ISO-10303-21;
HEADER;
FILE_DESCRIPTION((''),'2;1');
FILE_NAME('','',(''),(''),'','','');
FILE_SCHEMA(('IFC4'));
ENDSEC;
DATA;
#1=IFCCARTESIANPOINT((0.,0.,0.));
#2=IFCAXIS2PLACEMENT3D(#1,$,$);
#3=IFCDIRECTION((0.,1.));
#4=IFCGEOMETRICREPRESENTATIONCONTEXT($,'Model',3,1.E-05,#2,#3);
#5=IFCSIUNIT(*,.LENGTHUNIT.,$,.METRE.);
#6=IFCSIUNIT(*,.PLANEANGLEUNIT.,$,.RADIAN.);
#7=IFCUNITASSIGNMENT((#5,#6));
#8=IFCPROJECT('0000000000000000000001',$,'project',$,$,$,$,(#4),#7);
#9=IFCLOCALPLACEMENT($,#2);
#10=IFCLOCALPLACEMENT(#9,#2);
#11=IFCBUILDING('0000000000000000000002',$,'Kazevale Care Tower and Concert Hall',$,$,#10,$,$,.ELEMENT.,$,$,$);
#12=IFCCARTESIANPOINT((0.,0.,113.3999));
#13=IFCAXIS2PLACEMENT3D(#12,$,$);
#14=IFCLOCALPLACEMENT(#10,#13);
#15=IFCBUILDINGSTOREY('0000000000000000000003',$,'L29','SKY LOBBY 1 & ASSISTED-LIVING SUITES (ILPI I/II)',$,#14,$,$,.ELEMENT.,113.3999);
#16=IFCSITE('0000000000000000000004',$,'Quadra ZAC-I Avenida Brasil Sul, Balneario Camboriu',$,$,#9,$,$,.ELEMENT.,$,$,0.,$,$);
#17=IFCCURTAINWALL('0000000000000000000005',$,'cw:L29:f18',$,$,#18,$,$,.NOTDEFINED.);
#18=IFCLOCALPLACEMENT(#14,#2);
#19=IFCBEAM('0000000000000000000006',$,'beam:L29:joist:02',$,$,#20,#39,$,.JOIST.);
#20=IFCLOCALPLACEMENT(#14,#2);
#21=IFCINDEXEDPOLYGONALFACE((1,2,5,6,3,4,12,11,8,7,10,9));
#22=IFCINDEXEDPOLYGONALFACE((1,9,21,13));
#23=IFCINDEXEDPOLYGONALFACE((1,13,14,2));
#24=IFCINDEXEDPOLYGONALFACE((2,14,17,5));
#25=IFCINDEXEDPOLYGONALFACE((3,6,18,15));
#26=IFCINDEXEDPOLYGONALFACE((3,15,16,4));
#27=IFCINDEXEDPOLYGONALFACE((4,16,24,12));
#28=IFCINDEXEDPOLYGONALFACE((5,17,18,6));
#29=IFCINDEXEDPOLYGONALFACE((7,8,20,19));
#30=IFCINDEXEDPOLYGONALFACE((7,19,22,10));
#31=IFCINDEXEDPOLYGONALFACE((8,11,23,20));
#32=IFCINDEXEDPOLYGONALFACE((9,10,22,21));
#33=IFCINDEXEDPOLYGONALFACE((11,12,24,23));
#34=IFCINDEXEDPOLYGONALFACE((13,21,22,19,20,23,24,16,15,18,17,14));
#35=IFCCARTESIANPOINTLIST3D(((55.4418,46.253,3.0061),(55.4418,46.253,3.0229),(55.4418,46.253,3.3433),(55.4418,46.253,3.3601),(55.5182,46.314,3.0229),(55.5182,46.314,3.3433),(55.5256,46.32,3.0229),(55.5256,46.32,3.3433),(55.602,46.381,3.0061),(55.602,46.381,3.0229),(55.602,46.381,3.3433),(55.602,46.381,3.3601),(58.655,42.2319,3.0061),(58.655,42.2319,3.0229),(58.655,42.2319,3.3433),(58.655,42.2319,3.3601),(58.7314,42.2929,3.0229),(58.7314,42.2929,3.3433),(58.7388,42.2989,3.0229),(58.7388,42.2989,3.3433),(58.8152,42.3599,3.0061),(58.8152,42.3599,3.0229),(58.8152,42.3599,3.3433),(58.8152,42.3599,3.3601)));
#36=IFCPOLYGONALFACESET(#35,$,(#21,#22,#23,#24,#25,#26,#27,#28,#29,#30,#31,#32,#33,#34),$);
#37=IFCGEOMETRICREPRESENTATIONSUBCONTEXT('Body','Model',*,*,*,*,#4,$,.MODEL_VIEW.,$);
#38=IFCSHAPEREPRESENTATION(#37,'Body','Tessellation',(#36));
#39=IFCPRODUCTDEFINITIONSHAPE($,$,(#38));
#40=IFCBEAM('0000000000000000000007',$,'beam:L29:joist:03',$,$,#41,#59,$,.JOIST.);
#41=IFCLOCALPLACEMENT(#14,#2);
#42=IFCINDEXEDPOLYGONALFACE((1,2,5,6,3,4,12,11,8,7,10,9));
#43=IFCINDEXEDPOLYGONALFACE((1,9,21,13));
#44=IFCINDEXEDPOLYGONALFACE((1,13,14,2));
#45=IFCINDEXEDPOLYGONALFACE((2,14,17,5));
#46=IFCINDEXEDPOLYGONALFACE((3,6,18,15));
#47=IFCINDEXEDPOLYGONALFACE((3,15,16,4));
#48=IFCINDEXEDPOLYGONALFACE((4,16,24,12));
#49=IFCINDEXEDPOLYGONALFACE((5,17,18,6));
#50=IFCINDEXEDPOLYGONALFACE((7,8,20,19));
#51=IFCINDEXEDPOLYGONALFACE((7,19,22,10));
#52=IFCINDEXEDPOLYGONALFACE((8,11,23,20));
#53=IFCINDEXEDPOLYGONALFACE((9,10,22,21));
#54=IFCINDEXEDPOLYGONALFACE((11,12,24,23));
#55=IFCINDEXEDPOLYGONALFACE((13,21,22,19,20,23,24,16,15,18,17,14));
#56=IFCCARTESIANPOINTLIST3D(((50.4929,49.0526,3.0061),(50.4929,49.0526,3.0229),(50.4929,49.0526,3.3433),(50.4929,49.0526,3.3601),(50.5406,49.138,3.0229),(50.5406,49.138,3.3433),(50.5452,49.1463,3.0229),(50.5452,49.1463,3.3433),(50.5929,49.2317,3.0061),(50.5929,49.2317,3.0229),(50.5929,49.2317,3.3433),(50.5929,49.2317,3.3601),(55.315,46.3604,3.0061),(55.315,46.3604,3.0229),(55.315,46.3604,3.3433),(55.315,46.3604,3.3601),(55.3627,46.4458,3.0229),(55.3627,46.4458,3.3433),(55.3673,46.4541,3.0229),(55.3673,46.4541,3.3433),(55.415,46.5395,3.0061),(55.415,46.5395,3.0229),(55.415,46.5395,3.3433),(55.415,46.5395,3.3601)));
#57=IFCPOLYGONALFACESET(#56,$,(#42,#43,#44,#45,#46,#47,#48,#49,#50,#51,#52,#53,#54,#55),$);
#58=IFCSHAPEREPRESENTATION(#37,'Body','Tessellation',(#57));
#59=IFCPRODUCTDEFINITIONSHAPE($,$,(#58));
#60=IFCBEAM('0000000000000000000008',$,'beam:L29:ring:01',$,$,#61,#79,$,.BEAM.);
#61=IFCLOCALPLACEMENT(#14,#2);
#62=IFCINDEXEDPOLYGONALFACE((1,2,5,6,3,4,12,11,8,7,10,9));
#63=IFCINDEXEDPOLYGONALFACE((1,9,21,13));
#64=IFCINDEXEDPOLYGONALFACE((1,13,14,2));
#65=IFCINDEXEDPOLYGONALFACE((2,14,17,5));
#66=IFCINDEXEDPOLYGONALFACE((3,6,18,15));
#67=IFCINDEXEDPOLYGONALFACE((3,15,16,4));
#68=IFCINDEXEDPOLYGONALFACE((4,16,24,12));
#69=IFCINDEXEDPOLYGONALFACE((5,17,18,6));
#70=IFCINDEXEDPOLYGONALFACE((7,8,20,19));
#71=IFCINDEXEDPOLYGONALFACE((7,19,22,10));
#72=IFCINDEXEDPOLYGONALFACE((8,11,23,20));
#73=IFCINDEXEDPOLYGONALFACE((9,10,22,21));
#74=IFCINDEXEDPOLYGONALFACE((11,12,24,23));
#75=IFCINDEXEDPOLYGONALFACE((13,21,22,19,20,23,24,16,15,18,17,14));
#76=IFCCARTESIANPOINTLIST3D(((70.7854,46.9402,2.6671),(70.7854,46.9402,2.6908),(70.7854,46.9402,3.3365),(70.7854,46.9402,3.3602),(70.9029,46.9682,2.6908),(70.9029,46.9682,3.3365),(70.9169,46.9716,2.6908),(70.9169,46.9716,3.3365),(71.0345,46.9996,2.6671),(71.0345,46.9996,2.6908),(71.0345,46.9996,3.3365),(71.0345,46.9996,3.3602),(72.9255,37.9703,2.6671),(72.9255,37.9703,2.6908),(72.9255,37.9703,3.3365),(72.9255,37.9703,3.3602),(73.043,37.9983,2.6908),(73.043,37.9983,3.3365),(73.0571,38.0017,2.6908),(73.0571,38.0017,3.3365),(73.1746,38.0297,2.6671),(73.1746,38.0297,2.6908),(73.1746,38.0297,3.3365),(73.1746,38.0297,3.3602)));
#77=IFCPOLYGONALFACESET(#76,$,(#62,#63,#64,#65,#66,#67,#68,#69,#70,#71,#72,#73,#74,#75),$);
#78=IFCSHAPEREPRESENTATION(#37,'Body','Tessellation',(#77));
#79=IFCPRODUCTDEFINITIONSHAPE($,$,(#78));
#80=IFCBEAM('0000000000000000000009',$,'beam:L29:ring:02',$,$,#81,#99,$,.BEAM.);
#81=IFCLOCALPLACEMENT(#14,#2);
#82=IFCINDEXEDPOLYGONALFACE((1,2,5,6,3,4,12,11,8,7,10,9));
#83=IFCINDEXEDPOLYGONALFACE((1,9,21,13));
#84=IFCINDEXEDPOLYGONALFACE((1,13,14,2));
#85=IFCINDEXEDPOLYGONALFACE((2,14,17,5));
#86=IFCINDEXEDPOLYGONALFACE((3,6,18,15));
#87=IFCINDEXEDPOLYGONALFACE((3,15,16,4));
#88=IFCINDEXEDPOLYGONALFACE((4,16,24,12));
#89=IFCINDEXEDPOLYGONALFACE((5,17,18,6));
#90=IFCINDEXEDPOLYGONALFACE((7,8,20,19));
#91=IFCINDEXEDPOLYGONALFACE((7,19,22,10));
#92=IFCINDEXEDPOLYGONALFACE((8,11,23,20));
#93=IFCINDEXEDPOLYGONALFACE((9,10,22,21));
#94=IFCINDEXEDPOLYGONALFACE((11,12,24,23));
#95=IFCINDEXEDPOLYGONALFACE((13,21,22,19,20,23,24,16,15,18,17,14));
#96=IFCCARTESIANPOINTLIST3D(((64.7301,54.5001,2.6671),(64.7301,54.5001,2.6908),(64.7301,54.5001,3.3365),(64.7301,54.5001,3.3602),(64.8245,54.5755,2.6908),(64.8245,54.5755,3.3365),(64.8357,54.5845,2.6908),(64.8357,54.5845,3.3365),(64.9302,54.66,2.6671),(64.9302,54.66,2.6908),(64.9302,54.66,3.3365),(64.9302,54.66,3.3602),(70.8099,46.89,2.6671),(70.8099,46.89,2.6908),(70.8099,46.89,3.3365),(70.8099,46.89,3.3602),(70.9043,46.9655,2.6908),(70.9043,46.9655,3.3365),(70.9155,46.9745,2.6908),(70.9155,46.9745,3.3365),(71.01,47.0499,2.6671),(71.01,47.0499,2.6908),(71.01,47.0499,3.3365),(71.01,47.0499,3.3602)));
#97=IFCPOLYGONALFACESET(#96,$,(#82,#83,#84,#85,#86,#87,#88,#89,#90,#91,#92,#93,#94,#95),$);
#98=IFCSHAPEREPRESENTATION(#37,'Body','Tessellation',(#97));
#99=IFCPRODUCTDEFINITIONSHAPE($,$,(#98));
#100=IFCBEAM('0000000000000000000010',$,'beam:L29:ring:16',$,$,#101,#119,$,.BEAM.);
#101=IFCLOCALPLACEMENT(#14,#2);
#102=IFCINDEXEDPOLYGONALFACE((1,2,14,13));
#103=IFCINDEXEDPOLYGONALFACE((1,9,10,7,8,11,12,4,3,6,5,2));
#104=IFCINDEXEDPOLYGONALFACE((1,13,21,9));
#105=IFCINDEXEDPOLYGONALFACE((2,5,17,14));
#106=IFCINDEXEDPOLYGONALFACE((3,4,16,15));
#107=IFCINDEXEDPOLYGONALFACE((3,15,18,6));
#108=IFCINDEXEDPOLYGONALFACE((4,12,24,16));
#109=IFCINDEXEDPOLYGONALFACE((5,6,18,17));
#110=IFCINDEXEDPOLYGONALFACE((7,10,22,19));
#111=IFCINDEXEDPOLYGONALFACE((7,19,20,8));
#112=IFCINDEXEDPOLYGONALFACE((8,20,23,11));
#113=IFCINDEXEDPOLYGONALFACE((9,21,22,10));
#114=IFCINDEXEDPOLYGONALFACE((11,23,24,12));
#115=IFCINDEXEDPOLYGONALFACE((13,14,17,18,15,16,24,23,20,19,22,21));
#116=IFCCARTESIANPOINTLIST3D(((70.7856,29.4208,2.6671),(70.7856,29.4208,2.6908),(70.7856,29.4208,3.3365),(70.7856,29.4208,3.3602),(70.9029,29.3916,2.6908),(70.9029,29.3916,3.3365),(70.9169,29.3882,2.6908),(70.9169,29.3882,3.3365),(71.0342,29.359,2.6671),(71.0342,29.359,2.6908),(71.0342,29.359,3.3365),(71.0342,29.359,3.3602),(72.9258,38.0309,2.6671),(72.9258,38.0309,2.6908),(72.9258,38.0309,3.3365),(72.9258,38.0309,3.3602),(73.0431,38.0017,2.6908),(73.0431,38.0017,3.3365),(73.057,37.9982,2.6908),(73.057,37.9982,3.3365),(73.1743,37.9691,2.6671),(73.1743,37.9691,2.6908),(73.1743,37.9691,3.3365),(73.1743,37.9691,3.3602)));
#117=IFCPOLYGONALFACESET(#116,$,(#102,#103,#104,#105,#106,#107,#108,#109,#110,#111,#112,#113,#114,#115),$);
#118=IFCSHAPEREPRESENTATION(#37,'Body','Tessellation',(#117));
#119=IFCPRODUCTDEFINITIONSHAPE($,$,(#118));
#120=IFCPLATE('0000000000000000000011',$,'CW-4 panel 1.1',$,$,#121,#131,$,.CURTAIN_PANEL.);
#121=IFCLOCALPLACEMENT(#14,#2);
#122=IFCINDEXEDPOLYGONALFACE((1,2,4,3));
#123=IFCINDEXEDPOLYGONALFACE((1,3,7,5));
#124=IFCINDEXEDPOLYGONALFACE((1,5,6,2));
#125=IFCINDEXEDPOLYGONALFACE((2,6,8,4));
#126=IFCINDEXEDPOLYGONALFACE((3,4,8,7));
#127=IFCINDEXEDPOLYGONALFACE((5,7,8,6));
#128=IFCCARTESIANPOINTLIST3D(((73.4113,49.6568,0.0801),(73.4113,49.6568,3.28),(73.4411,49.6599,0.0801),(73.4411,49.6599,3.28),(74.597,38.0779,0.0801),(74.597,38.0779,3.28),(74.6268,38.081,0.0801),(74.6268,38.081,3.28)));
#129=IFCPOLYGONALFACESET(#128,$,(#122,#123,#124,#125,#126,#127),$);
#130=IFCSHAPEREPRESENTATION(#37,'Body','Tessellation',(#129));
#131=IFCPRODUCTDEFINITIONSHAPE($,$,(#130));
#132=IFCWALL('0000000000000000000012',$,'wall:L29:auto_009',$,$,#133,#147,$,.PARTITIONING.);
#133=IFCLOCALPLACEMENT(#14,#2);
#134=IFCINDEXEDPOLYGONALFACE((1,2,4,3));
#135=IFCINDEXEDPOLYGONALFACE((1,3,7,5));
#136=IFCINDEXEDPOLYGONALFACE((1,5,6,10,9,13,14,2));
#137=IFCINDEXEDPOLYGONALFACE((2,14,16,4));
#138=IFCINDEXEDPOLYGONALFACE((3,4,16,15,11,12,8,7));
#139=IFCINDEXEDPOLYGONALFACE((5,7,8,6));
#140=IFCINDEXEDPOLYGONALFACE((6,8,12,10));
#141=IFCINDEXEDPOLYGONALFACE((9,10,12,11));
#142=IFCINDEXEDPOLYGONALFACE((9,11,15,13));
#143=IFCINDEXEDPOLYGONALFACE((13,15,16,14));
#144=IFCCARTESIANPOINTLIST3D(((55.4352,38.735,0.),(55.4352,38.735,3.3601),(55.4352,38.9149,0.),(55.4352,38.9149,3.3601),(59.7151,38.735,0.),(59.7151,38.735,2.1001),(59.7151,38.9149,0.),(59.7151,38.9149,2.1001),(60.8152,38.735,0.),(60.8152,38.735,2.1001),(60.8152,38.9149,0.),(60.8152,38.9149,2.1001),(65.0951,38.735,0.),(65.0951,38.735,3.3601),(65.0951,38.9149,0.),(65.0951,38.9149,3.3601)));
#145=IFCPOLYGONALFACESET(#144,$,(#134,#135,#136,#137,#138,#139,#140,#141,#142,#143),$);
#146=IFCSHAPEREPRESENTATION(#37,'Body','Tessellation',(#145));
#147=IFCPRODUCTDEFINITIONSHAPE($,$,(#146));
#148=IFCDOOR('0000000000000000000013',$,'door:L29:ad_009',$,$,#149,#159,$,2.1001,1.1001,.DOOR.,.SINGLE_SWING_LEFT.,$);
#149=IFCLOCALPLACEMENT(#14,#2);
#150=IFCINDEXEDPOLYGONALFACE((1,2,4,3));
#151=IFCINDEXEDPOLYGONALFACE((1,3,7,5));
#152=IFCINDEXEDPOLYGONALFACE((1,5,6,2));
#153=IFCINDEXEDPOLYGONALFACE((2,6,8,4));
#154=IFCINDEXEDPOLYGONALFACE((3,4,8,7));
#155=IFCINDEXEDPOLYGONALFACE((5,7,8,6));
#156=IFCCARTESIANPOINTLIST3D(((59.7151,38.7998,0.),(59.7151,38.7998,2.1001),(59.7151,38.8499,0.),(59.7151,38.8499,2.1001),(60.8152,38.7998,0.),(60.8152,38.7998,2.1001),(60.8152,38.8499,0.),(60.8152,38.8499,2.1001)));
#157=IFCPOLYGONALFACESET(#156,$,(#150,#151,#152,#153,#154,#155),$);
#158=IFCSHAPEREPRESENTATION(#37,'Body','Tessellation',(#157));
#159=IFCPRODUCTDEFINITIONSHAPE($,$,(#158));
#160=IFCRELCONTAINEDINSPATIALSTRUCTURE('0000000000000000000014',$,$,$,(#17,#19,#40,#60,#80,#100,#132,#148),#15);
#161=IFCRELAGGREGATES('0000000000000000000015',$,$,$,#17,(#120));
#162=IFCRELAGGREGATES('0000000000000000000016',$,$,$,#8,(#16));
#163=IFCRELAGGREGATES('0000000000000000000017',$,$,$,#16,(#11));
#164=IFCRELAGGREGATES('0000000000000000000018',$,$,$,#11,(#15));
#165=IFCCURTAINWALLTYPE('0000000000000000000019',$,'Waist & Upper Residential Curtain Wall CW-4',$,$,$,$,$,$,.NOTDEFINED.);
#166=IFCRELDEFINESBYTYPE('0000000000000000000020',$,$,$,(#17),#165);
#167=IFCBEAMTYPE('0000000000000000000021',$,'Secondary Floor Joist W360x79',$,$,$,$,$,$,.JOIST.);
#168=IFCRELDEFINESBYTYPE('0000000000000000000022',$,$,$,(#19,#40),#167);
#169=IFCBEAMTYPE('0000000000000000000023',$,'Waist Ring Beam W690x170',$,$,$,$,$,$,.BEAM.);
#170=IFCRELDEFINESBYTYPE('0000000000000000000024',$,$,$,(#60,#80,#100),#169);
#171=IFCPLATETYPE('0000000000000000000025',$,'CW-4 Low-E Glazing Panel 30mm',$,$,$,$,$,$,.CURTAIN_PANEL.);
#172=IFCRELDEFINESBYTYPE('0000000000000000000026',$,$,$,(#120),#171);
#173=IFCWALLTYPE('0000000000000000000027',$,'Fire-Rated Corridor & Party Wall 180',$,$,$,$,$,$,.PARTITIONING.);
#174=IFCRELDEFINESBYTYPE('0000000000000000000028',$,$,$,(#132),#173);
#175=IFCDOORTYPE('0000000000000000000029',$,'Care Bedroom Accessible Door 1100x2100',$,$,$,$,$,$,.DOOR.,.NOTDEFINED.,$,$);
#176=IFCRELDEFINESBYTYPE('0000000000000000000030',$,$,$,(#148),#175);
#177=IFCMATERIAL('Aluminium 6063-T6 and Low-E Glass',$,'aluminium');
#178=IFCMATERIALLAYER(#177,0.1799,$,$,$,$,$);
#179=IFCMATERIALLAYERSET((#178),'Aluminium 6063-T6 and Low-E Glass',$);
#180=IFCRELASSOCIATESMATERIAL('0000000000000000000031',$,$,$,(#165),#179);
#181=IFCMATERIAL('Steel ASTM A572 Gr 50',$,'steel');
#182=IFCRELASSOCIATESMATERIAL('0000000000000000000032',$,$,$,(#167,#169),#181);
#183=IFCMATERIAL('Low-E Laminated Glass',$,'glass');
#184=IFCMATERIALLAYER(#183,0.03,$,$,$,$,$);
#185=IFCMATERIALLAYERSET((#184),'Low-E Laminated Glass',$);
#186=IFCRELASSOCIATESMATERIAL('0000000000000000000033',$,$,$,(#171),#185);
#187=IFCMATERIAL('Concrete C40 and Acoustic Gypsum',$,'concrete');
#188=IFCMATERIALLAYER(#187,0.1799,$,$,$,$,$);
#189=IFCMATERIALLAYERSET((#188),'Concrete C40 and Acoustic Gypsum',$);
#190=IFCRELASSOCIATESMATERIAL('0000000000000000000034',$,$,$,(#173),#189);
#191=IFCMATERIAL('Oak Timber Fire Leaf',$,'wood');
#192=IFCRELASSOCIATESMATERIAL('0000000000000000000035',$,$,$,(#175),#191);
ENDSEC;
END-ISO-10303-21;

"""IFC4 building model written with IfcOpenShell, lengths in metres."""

from ifc_helpers import new_model, si_unit, direction, frame, frame_2d, origin, origin_2d, place, context, subcontext, project, spatial, rectangle, i_section, extrude, material, layer, layer_set, material_profile, profile_set, type_object, element, fill, aggregate, save


model = new_model("IFC4")

# Units and contexts
model_context = context("Model", 3, precision=1e-05, world=origin(), true_north=direction((0.0, 1.0)))
body_context = subcontext(model_context, "Body", "Model", "MODEL_VIEW")
ifc_project = project(units=[si_unit("LENGTHUNIT", "METRE"), si_unit("PLANEANGLEUNIT", "RADIAN")], contexts=[model_context])

# Site, building, storey
site_placement = place(None, origin())
site = spatial("IfcSite", under=ifc_project, at=site_placement, Name="Quadra ZAC-I Avenida Brasil Sul, Balneario Camboriu", CompositionType="ELEMENT", RefElevation=0.0)
building_placement = place(site_placement, origin())
building = spatial("IfcBuilding", under=site, at=building_placement, Name="Kazevale Care Tower and Concert Hall", CompositionType="ELEMENT")
storey_placement = place(building_placement, frame((0.0, 0.0, 113.3999)))
storey = spatial("IfcBuildingStorey", under=building, at=storey_placement, Name="L29", Description="SKY LOBBY 1 & ASSISTED-LIVING SUITES (ILPI I/II)", CompositionType="ELEMENT", Elevation=113.3999)

# Curtain wall
ifc_material_1 = material(Name="Aluminium 6063-T6 and Low-E Glass", Category="aluminium")
ifc_layer_1 = layer(ifc_material_1, 0.1799)
ifc_layer_set_1 = layer_set([ifc_layer_1], Name="Aluminium 6063-T6 and Low-E Glass")
curtain_wall_type = type_object("IfcCurtainWallType", Name="Waist & Upper Residential Curtain Wall CW-4", PredefinedType="NOTDEFINED", material=ifc_layer_set_1)
curtain_wall_placement = place(storey_placement, origin())
curtain_wall = element("IfcCurtainWall", 1, at=curtain_wall_placement, inside=storey, type_object=curtain_wall_type, Name="cw:L29:f18", PredefinedType="NOTDEFINED")

# Beams
ifc_material_2 = material(Name="Steel ASTM A572 Gr 50", Category="steel")
ifc_material_profile_1 = material_profile(ifc_material_2, i_section(OverallWidth=0.2051, OverallDepth=0.354, WebThickness=0.0095, FlangeThickness=0.0168, at=origin_2d()), Name="W360x79")
ifc_profile_set_1 = profile_set([ifc_material_profile_1], Name="Steel ASTM A572 Gr 50")
beam_type_1 = type_object("IfcBeamType", Name="Secondary Floor Joist W360x79", PredefinedType="JOIST", material=ifc_profile_set_1)
beam_1_placement = place(storey_placement, frame((58.7351, 42.2959, 3.1831), z_axis=(-0.624261, 0.781216, 0.0), x_axis=(-0.781216, -0.624261, 0.0)))
element("IfcBeam", 2, at=beam_1_placement, inside=storey, type_object=beam_type_1, Name="beam:L29:joist:02", PredefinedType="JOIST", context=body_context, shape_type="SweptSolid", body=[
    extrude(i_section(OverallWidth=0.2051, OverallDepth=0.354, WebThickness=0.0095, FlangeThickness=0.0168, at=origin_2d()), origin(), (0.0, 0.0, 1.0), 5.1472),
])
beam_2_placement = place(storey_placement, frame((55.365, 46.45, 3.1831), z_axis=(-0.873138, 0.487474, 0.0), x_axis=(-0.487474, -0.873138, 0.0)))
element("IfcBeam", 3, at=beam_2_placement, inside=storey, type_object=beam_type_1, Name="beam:L29:joist:03", PredefinedType="JOIST", context=body_context, shape_type="SweptSolid", body=[
    extrude(i_section(OverallWidth=0.2051, OverallDepth=0.354, WebThickness=0.0095, FlangeThickness=0.0168, at=origin_2d()), origin(), (0.0, 0.0, 1.0), 5.5227),
])
ifc_material_profile_2 = material_profile(ifc_material_2, i_section(OverallWidth=0.2561, OverallDepth=0.6931, WebThickness=0.0144, FlangeThickness=0.0237, at=origin_2d()), Name="W690x170")
ifc_profile_set_2 = profile_set([ifc_material_profile_2], Name="Steel ASTM A572 Gr 50")
beam_type_2 = type_object("IfcBeamType", Name="Waist Ring Beam W690x170", PredefinedType="BEAM", material=ifc_profile_set_2)
beam_3_placement = place(storey_placement, frame((73.05, 38.0, 3.0137), z_axis=(-0.232075, 0.972698, 0.0), x_axis=(-0.972698, -0.232075, 0.0)))
element("IfcBeam", 4, at=beam_3_placement, inside=storey, type_object=beam_type_2, Name="beam:L29:ring:01", PredefinedType="BEAM", context=body_context, shape_type="SweptSolid", body=[
    extrude(i_section(OverallWidth=0.2561, OverallDepth=0.6931, WebThickness=0.0144, FlangeThickness=0.0237, at=origin_2d()), origin(), (0.0, 0.0, 1.0), 9.2217),
])
beam_4_placement = place(storey_placement, frame((70.9099, 46.97, 3.0137), z_axis=(-0.624178, 0.781282, 0.0), x_axis=(-0.781282, -0.624178, 0.0)))
element("IfcBeam", 5, at=beam_4_placement, inside=storey, type_object=beam_type_2, Name="beam:L29:ring:02", PredefinedType="BEAM", context=body_context, shape_type="SweptSolid", body=[
    extrude(i_section(OverallWidth=0.2561, OverallDepth=0.6931, WebThickness=0.0144, FlangeThickness=0.0237, at=origin_2d()), origin(), (0.0, 0.0, 1.0), 9.7405),
])
beam_5_placement = place(storey_placement, frame((70.9099, 29.3899, 3.0137), z_axis=(0.241221, 0.97047, 0.0), x_axis=(-0.97047, 0.241221, 0.0)))
element("IfcBeam", 6, at=beam_5_placement, inside=storey, type_object=beam_type_2, Name="beam:L29:ring:16", PredefinedType="BEAM", context=body_context, shape_type="SweptSolid", body=[
    extrude(i_section(OverallWidth=0.2561, OverallDepth=0.6931, WebThickness=0.0144, FlangeThickness=0.0237, at=origin_2d()), origin(), (0.0, 0.0, 1.0), 8.8721),
])

# Plate
ifc_material_3 = material(Name="Low-E Laminated Glass", Category="glass")
ifc_layer_2 = layer(ifc_material_3, 0.03)
ifc_layer_set_2 = layer_set([ifc_layer_2], Name="Low-E Laminated Glass")
plate_type = type_object("IfcPlateType", Name="CW-4 Low-E Glazing Panel 30mm", PredefinedType="CURTAIN_PANEL", material=ifc_layer_set_2)
plate_placement = place(storey_placement, frame((74.019, 43.8689, 0.0801), z_axis=(0.0, 0.0, 1.0), x_axis=(0.10187, -0.994798, 0.0)))
plate = element("IfcPlate", 7, at=plate_placement, type_object=plate_type, Name="CW-4 panel 1.1", PredefinedType="CURTAIN_PANEL", context=body_context, shape_type="SweptSolid", body=[
    extrude(rectangle(XDim=11.6394, YDim=0.03, at=origin_2d()), origin(), (0.0, 0.0, 1.0), 3.2),
])
aggregate(curtain_wall, [plate])

# Wall, opening, door
ifc_material_4 = material(Name="Concrete C40 and Acoustic Gypsum", Category="concrete")
ifc_layer_3 = layer(ifc_material_4, 0.1799)
ifc_layer_set_3 = layer_set([ifc_layer_3], Name="Concrete C40 and Acoustic Gypsum")
wall_type_1 = type_object("IfcWallType", Name="Fire-Rated Corridor & Party Wall 180", PredefinedType="PARTITIONING", material=ifc_layer_set_3)
wall_1_placement = place(storey_placement, frame((55.4351, 38.825, 0.0), z_axis=(0.0, 0.0, 1.0), x_axis=(1.0, 0.0, 0.0)))
wall_1 = element("IfcWall", 8, at=wall_1_placement, inside=storey, type_object=wall_type_1, Name="wall:L29:auto_009", PredefinedType="PARTITIONING", context=body_context, shape_type="SweptSolid", body=[
    extrude(rectangle(XDim=9.6599, YDim=0.1799, at=frame_2d((4.8301, 0.0))), origin(), (0.0, 0.0, 1.0), 3.3601),
])
opening_1_placement = place(wall_1_placement, frame((4.28, 0.0, 0.0)))
opening_1 = element("IfcOpeningElement", 9, at=opening_1_placement, cuts=wall_1, PredefinedType="OPENING", context=body_context, shape_type="SweptSolid", body=[
    extrude(rectangle(XDim=1.1001, YDim=2.1001, at=frame_2d((0.55, 1.05))), frame((0.0, 0.0999, 0.0), z_axis=(0.0, -1.0, 0.0), x_axis=(1.0, 0.0, 0.0)), (0.0, 0.0, 1.0), 0.2),
])
ifc_material_5 = material(Name="Oak Timber Fire Leaf", Category="wood")
door_type = type_object("IfcDoorType", Name="Care Bedroom Accessible Door 1100x2100", OperationType="NOTDEFINED", PredefinedType="DOOR", material=ifc_material_5)
door_1_placement = place(opening_1_placement, origin())
door_1 = element("IfcDoor", 10, at=door_1_placement, inside=storey, type_object=door_type, Name="door:L29:ad_009", OperationType="SINGLE_SWING_LEFT", OverallHeight=2.1001, OverallWidth=1.1001, PredefinedType="DOOR", context=body_context, shape_type="SweptSolid", body=[
    extrude(rectangle(XDim=1.1001, YDim=2.1001, at=frame_2d((0.55, 1.05))), frame((0.0, 0.0249, 0.0), z_axis=(0.0, -1.0, 0.0), x_axis=(1.0, 0.0, 0.0)), (0.0, 0.0, 1.0), 0.05),
])
fill(opening_1, door_1)

save(model, "model.ifc")
